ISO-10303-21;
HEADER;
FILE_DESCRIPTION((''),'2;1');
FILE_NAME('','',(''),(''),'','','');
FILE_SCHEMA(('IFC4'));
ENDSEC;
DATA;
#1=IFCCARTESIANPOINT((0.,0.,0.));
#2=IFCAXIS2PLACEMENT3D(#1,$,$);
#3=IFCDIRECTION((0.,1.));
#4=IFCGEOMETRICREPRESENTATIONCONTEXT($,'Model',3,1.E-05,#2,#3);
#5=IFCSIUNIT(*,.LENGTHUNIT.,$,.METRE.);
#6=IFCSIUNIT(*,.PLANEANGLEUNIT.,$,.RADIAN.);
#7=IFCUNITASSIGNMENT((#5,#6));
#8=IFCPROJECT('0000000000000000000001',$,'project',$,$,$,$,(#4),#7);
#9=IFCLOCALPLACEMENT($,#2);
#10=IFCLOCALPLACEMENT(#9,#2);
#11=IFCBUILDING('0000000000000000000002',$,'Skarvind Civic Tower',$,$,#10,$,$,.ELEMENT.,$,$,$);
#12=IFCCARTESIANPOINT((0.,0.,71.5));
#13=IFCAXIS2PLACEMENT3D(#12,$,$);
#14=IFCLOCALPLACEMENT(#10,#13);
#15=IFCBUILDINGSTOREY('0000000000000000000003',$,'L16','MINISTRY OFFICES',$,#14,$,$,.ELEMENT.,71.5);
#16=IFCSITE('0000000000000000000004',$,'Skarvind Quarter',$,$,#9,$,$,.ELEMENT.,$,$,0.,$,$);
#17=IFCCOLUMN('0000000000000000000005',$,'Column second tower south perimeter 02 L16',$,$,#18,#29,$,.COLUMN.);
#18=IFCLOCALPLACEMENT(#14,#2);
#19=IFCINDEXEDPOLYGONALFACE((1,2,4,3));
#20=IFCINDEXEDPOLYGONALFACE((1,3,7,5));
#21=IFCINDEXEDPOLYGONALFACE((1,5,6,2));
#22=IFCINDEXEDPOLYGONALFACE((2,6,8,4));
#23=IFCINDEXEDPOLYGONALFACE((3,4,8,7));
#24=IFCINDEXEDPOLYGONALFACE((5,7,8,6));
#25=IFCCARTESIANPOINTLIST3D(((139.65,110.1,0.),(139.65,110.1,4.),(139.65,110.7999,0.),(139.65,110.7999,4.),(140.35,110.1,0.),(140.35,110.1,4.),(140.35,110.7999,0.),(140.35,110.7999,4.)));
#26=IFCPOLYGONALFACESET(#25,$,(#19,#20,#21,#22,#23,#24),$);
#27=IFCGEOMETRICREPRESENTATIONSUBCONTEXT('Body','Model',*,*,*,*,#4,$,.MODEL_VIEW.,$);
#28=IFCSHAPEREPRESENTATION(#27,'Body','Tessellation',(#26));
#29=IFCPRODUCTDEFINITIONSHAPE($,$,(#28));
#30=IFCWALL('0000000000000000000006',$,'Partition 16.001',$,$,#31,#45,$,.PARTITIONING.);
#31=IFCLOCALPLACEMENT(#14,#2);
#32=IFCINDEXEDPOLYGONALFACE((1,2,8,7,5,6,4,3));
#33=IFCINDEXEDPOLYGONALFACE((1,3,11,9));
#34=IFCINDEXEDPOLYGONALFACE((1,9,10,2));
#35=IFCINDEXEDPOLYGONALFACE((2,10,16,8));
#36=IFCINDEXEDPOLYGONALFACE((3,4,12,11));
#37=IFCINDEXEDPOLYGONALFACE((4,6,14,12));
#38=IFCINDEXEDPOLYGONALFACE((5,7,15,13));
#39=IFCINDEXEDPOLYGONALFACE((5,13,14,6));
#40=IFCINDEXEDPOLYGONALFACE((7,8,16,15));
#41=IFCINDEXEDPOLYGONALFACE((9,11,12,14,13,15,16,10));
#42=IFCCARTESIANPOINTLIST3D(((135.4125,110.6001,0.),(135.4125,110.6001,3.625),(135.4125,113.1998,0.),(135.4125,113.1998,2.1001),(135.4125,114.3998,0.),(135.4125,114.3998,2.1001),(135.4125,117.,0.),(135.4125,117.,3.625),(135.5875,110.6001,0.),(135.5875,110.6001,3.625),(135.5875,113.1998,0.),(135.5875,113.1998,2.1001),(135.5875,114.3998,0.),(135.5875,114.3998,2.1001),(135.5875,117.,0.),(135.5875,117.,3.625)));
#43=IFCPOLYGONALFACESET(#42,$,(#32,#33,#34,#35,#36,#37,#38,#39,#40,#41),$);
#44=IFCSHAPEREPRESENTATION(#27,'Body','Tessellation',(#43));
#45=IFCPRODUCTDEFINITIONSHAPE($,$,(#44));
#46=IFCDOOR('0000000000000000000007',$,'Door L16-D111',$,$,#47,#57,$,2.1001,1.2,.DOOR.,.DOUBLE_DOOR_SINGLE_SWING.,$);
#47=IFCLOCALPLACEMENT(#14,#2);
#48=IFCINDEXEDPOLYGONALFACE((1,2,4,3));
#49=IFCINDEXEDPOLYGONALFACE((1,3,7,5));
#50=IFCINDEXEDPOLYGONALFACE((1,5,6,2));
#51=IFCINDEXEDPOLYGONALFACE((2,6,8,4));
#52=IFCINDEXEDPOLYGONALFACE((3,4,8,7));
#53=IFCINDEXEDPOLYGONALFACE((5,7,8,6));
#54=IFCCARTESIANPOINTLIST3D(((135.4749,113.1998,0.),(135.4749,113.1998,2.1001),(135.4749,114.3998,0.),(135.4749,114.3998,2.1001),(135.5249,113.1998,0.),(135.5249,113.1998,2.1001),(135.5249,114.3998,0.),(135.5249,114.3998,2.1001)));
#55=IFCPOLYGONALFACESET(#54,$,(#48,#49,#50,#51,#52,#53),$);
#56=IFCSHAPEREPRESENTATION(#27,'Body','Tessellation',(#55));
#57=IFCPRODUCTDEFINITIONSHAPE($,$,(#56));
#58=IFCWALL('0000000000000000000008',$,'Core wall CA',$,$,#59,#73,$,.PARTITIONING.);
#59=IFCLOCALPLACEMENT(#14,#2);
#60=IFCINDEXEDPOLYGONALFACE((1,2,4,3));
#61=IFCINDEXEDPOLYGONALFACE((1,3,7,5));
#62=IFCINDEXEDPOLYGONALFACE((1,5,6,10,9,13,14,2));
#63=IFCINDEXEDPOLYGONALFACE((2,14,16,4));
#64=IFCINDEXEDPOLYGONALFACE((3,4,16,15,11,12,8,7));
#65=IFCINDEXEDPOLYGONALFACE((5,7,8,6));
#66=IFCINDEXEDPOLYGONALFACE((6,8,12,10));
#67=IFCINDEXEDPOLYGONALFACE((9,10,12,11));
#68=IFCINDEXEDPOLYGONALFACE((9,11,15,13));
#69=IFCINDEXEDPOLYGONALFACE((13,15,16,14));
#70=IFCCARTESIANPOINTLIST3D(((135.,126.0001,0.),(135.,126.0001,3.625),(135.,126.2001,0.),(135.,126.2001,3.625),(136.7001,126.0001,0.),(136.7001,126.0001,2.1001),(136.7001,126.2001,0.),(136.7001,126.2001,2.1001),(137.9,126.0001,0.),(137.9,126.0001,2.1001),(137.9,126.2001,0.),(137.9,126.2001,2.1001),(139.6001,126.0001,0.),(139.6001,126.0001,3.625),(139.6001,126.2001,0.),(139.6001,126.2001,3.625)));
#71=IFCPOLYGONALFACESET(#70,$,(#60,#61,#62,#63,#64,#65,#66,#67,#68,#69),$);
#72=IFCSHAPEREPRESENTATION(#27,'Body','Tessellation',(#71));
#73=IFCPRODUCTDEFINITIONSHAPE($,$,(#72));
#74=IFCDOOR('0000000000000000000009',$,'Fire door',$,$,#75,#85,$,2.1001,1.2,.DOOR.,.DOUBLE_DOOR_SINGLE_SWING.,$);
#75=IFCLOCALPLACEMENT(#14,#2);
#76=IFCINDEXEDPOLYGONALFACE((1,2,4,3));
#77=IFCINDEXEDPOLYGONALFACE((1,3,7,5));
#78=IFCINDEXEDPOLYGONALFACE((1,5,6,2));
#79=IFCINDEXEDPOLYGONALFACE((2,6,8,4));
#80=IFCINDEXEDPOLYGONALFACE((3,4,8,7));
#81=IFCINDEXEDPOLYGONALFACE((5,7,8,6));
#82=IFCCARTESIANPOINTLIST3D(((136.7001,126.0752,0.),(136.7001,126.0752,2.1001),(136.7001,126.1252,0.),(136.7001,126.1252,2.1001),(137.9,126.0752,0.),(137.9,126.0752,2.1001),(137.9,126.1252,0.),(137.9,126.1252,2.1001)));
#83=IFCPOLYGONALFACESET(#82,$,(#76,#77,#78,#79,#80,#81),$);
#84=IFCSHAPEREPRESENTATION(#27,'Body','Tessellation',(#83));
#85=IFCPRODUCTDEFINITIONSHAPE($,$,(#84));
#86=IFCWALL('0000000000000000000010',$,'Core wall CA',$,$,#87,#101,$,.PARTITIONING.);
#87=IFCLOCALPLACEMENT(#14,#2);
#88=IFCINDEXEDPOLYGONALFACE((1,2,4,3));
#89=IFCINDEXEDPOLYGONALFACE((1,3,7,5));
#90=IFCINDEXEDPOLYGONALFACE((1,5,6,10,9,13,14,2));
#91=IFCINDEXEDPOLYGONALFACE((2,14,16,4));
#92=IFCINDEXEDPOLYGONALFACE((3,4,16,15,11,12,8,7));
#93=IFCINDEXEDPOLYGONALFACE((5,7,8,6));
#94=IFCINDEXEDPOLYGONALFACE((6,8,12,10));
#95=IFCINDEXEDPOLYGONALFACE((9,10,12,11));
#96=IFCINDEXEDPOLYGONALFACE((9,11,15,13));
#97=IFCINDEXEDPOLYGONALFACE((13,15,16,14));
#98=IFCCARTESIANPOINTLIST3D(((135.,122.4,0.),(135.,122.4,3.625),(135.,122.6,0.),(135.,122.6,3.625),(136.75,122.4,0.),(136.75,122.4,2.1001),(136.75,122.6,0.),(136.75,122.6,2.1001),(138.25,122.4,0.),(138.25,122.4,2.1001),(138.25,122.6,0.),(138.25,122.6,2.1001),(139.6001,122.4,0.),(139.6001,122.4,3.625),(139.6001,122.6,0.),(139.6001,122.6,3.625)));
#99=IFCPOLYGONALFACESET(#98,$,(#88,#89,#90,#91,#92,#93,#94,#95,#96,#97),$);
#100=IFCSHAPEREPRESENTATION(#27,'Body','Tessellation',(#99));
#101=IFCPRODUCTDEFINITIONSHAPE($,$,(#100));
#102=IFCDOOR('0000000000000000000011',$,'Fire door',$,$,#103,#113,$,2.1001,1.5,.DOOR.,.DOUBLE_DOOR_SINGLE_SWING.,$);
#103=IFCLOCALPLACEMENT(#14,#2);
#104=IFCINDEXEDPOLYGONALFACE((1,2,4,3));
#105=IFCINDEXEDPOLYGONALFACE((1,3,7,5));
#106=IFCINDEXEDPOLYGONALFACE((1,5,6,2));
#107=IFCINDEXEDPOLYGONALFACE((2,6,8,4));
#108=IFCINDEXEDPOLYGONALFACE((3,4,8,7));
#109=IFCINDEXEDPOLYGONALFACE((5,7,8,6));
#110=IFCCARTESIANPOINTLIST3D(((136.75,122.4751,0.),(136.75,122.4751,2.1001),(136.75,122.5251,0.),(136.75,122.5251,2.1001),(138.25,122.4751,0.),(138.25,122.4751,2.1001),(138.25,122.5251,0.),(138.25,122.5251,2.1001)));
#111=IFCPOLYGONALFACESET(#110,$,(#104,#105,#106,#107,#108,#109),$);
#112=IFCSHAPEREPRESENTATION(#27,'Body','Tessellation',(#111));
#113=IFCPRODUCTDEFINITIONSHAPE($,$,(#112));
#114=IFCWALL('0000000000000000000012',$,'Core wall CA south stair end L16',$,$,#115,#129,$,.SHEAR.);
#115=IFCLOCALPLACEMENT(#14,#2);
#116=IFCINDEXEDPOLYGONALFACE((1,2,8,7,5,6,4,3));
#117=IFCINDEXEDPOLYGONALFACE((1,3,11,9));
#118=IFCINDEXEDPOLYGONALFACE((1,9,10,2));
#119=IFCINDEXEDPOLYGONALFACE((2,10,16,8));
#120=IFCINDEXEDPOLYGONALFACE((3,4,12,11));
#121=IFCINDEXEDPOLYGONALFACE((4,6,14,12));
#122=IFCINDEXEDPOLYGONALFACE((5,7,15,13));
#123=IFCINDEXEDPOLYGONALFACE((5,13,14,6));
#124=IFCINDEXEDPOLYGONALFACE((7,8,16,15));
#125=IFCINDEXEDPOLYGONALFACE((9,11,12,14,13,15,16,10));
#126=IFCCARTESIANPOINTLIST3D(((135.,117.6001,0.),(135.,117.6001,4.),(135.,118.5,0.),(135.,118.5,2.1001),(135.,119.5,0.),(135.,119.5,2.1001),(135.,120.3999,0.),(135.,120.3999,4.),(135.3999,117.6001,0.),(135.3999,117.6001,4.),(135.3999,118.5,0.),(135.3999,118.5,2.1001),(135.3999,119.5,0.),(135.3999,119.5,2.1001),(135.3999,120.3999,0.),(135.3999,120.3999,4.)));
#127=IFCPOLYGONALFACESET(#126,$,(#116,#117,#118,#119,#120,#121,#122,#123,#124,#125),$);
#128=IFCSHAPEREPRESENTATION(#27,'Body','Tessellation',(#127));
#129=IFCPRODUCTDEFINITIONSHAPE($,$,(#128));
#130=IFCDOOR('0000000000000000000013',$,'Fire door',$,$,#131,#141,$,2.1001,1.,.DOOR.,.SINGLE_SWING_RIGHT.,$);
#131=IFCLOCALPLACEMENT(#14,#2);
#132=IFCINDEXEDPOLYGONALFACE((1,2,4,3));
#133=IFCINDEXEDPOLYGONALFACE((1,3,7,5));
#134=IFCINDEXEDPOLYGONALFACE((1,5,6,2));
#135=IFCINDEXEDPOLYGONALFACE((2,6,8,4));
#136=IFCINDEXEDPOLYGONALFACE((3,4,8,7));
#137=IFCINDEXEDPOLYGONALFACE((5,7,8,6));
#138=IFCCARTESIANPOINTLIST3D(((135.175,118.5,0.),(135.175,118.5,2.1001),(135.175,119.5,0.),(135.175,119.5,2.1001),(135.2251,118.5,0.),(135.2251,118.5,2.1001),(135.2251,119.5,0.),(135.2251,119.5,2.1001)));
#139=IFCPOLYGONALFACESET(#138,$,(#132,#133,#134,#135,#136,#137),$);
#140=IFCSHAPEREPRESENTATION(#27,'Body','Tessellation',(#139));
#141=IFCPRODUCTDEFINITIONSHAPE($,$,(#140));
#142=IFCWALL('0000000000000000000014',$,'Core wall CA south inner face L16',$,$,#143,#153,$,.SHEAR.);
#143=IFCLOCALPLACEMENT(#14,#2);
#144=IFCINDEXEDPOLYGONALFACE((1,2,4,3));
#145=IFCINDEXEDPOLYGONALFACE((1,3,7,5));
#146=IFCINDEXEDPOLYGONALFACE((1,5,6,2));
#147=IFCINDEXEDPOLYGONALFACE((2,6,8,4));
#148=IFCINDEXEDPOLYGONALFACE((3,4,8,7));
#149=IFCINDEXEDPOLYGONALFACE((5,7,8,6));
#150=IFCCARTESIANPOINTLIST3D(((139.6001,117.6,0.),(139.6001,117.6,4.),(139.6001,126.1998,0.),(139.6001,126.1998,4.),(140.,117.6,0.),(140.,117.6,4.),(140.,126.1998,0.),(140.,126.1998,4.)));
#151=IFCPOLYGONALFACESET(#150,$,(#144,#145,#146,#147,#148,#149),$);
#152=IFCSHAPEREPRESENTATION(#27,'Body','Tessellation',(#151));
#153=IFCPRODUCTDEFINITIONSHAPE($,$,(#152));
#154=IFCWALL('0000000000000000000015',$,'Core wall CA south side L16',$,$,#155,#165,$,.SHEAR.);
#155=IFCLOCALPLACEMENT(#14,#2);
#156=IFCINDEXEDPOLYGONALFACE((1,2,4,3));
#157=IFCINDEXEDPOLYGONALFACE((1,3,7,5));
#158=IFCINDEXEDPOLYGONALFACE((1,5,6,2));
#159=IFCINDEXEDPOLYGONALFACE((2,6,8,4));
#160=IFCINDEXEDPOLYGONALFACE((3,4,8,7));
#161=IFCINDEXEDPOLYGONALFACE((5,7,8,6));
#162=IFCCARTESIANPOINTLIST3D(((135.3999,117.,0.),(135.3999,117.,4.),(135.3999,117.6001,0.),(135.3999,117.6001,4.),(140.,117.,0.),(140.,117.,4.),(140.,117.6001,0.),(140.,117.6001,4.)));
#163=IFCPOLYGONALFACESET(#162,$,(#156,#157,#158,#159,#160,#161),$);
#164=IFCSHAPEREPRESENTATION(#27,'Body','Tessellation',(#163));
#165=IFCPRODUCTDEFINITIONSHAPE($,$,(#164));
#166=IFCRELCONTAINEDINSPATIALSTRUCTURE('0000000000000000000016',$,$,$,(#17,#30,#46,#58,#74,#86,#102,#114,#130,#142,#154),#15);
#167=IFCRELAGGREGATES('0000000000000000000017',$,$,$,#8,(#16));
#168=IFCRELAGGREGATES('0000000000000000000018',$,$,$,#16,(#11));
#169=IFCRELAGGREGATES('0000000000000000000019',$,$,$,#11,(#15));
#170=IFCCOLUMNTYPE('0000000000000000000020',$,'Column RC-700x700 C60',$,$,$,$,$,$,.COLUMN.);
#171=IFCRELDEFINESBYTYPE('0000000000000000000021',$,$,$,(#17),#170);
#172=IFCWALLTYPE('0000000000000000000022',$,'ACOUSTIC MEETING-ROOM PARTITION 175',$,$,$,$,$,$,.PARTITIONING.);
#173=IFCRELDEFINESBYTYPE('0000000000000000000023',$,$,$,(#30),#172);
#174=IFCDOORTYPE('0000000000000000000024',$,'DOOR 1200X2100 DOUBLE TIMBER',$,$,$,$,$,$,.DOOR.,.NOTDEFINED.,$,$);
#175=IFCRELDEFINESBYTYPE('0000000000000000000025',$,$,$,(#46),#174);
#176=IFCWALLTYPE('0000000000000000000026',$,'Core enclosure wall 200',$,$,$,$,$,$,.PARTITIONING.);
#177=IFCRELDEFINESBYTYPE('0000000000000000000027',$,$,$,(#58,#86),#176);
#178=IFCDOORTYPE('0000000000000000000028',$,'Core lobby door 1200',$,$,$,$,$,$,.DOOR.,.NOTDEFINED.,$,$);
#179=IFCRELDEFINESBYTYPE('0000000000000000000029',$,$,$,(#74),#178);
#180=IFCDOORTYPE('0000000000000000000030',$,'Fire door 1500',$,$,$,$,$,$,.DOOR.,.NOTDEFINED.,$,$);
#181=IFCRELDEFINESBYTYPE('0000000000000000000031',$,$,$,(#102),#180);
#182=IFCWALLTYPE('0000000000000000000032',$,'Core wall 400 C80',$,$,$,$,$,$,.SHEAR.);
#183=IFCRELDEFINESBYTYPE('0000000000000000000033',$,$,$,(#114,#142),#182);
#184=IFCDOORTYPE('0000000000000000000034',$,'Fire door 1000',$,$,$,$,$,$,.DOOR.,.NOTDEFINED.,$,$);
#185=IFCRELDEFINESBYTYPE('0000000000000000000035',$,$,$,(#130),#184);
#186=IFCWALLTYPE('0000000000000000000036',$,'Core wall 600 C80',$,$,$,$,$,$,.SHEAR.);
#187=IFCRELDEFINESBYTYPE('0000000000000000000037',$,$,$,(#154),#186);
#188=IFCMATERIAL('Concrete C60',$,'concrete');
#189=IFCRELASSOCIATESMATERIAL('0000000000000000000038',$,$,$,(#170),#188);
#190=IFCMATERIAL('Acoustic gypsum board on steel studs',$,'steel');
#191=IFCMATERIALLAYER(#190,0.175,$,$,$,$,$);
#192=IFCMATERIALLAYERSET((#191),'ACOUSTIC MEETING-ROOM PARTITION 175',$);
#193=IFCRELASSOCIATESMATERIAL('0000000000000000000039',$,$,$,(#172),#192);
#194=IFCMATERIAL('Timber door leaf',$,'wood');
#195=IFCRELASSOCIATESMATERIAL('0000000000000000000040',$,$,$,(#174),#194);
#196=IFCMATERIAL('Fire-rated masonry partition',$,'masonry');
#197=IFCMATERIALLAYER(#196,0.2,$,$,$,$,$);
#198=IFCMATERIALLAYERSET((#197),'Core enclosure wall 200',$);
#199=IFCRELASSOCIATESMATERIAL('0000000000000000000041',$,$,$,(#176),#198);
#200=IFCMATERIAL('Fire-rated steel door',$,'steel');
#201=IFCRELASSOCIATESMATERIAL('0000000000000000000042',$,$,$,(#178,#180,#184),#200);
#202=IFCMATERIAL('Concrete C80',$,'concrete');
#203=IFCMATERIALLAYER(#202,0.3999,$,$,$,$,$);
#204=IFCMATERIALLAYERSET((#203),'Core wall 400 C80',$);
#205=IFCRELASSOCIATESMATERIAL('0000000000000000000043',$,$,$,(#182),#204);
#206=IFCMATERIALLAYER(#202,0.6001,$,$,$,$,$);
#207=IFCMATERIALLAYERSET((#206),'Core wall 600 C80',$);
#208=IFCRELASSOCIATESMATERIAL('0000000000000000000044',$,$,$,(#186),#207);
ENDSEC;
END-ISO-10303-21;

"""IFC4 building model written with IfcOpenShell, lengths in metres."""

from ifc_helpers import new_model, si_unit, direction, frame, frame_2d, origin, origin_2d, place, context, subcontext, project, spatial, rectangle, extrude, material, layer, layer_set, material_profile, profile_set, type_object, element, fill, save


model = new_model("IFC4")

# Units and contexts
model_context = context("Model", 3, precision=1e-05, world=origin(), true_north=direction((0.0, 1.0)))
body_context = subcontext(model_context, "Body", "Model", "MODEL_VIEW")
ifc_project = project(units=[si_unit("LENGTHUNIT", "METRE"), si_unit("PLANEANGLEUNIT", "RADIAN")], contexts=[model_context])

# Site, building, storey
site_placement = place(None, origin())
site = spatial("IfcSite", under=ifc_project, at=site_placement, Name="Skarvind Quarter", CompositionType="ELEMENT", RefElevation=0.0)
building_placement = place(site_placement, origin())
building = spatial("IfcBuilding", under=site, at=building_placement, Name="Skarvind Civic Tower", CompositionType="ELEMENT")
storey_placement = place(building_placement, frame((0.0, 0.0, 71.5)))
storey = spatial("IfcBuildingStorey", under=building, at=storey_placement, Name="L16", Description="MINISTRY OFFICES", CompositionType="ELEMENT", Elevation=71.5)

# Column
ifc_material_1 = material(Name="Concrete C60", Category="concrete")
ifc_material_profile = material_profile(ifc_material_1, rectangle(XDim=0.7, YDim=0.7, at=origin_2d()), Name="RC-700x700")
ifc_profile_set = profile_set([ifc_material_profile], Name="Concrete C60")
column_type = type_object("IfcColumnType", Name="Column RC-700x700 C60", PredefinedType="COLUMN", material=ifc_profile_set)
column_placement = place(storey_placement, frame((140.0, 110.45, 0.0), z_axis=(0.0, 0.0, 1.0), x_axis=(1.0, 0.0, 0.0)))
element("IfcColumn", 1, at=column_placement, inside=storey, type_object=column_type, Name="Column second tower south perimeter 02 L16", PredefinedType="COLUMN", context=body_context, shape_type="SweptSolid", body=[
    extrude(rectangle(XDim=0.7, YDim=0.7, at=origin_2d()), origin(), (0.0, 0.0, 1.0), 4.0),
])

# Walls, openings, doors
ifc_material_2 = material(Name="Acoustic gypsum board on steel studs", Category="steel")
ifc_layer_1 = layer(ifc_material_2, 0.175)
ifc_layer_set_1 = layer_set([ifc_layer_1], Name="ACOUSTIC MEETING-ROOM PARTITION 175")
wall_type_1 = type_object("IfcWallType", Name="ACOUSTIC MEETING-ROOM PARTITION 175", PredefinedType="PARTITIONING", material=ifc_layer_set_1)
wall_1_placement = place(storey_placement, frame((135.5, 117.0, 0.0), z_axis=(0.0, 0.0, 1.0), x_axis=(0.0, -1.0, 0.0)))
wall_1 = element("IfcWall", 2, at=wall_1_placement, inside=storey, type_object=wall_type_1, Name="Partition 16.001", PredefinedType="PARTITIONING", context=body_context, shape_type="SweptSolid", body=[
    extrude(rectangle(XDim=6.3999, YDim=0.175, at=frame_2d((3.2, 0.0))), origin(), (0.0, 0.0, 1.0), 3.625),
])
opening_1_placement = place(wall_1_placement, frame((2.6001, 0.0, 0.0)))
opening_1 = element("IfcOpeningElement", 3, at=opening_1_placement, cuts=wall_1, PredefinedType="OPENING", context=body_context, shape_type="SweptSolid", body=[
    extrude(rectangle(XDim=1.2, YDim=2.1001, at=frame_2d((0.6001, 1.05))), frame((0.0, 0.0974, 0.0), z_axis=(0.0, -1.0, 0.0), x_axis=(1.0, 0.0, 0.0)), (0.0, 0.0, 1.0), 0.1951),
])
ifc_material_3 = material(Name="Timber door leaf", Category="wood")
door_type_1 = type_object("IfcDoorType", Name="DOOR 1200X2100 DOUBLE TIMBER", OperationType="NOTDEFINED", PredefinedType="DOOR", material=ifc_material_3)
door_1_placement = place(opening_1_placement, origin())
door_1 = element("IfcDoor", 4, at=door_1_placement, inside=storey, type_object=door_type_1, Name="Door L16-D111", OperationType="DOUBLE_DOOR_SINGLE_SWING", OverallHeight=2.1001, OverallWidth=1.2, PredefinedType="DOOR", context=body_context, shape_type="SweptSolid", body=[
    extrude(rectangle(XDim=1.2, YDim=2.1001, at=frame_2d((0.6001, 1.05))), frame((0.0, 0.0249, 0.0), z_axis=(0.0, -1.0, 0.0), x_axis=(1.0, 0.0, 0.0)), (0.0, 0.0, 1.0), 0.05),
])
fill(opening_1, door_1)
ifc_material_4 = material(Name="Fire-rated masonry partition", Category="masonry")
ifc_layer_2 = layer(ifc_material_4, 0.2)
ifc_layer_set_2 = layer_set([ifc_layer_2], Name="Core enclosure wall 200")
wall_type_2 = type_object("IfcWallType", Name="Core enclosure wall 200", PredefinedType="PARTITIONING", material=ifc_layer_set_2)
wall_2_placement = place(storey_placement, frame((139.6001, 126.1001, 0.0), z_axis=(0.0, 0.0, 1.0), x_axis=(-1.0, 0.0, 0.0)))
wall_2 = element("IfcWall", 5, at=wall_2_placement, inside=storey, type_object=wall_type_2, Name="Core wall CA", PredefinedType="PARTITIONING", context=body_context, shape_type="SweptSolid", body=[
    extrude(rectangle(XDim=4.6001, YDim=0.2, at=frame_2d((2.3, 0.0))), origin(), (0.0, 0.0, 1.0), 3.625),
])
opening_2_placement = place(wall_2_placement, frame((1.7, 0.0, 0.0)))
opening_2 = element("IfcOpeningElement", 6, at=opening_2_placement, cuts=wall_2, PredefinedType="OPENING", context=body_context, shape_type="SweptSolid", body=[
    extrude(rectangle(XDim=1.2, YDim=2.1001, at=frame_2d((0.6001, 1.05))), frame((0.0, 0.1099, 0.0), z_axis=(0.0, -1.0, 0.0), x_axis=(1.0, 0.0, 0.0)), (0.0, 0.0, 1.0), 0.22),
])
ifc_material_5 = material(Name="Fire-rated steel door", Category="steel")
door_type_2 = type_object("IfcDoorType", Name="Core lobby door 1200", OperationType="NOTDEFINED", PredefinedType="DOOR", material=ifc_material_5)
door_2_placement = place(opening_2_placement, origin())
door_2 = element("IfcDoor", 7, at=door_2_placement, inside=storey, type_object=door_type_2, Name="Fire door", OperationType="DOUBLE_DOOR_SINGLE_SWING", OverallHeight=2.1001, OverallWidth=1.2, PredefinedType="DOOR", context=body_context, shape_type="SweptSolid", body=[
    extrude(rectangle(XDim=1.2, YDim=2.1001, at=frame_2d((0.6001, 1.05))), frame((0.0, 0.0249, 0.0), z_axis=(0.0, -1.0, 0.0), x_axis=(1.0, 0.0, 0.0)), (0.0, 0.0, 1.0), 0.05),
])
fill(opening_2, door_2)
wall_3_placement = place(storey_placement, frame((139.6001, 122.5, 0.0), z_axis=(0.0, 0.0, 1.0), x_axis=(-1.0, 0.0, 0.0)))
wall_3 = element("IfcWall", 8, at=wall_3_placement, inside=storey, type_object=wall_type_2, Name="Core wall CA", PredefinedType="PARTITIONING", context=body_context, shape_type="SweptSolid", body=[
    extrude(rectangle(XDim=4.6001, YDim=0.2, at=frame_2d((2.3, 0.0))), origin(), (0.0, 0.0, 1.0), 3.625),
])
opening_3_placement = place(wall_3_placement, frame((1.3501, 0.0, 0.0)))
opening_3 = element("IfcOpeningElement", 9, at=opening_3_placement, cuts=wall_3, PredefinedType="OPENING", context=body_context, shape_type="SweptSolid", body=[
    extrude(rectangle(XDim=1.5, YDim=2.1001, at=frame_2d((0.75, 1.05))), frame((0.0, 0.1099, 0.0), z_axis=(0.0, -1.0, 0.0), x_axis=(1.0, 0.0, 0.0)), (0.0, 0.0, 1.0), 0.22),
])
door_type_3 = type_object("IfcDoorType", Name="Fire door 1500", OperationType="NOTDEFINED", PredefinedType="DOOR", material=ifc_material_5)
door_3_placement = place(opening_3_placement, origin())
door_3 = element("IfcDoor", 10, at=door_3_placement, inside=storey, type_object=door_type_3, Name="Fire door", OperationType="DOUBLE_DOOR_SINGLE_SWING", OverallHeight=2.1001, OverallWidth=1.5, PredefinedType="DOOR", context=body_context, shape_type="SweptSolid", body=[
    extrude(rectangle(XDim=1.5, YDim=2.1001, at=frame_2d((0.75, 1.05))), frame((0.0, 0.0249, 0.0), z_axis=(0.0, -1.0, 0.0), x_axis=(1.0, 0.0, 0.0)), (0.0, 0.0, 1.0), 0.05),
])
fill(opening_3, door_3)
ifc_material_6 = material(Name="Concrete C80", Category="concrete")
ifc_layer_3 = layer(ifc_material_6, 0.3999)
ifc_layer_set_3 = layer_set([ifc_layer_3], Name="Core wall 400 C80")
wall_type_3 = type_object("IfcWallType", Name="Core wall 400 C80", PredefinedType="SHEAR", material=ifc_layer_set_3)
wall_4_placement = place(storey_placement, frame((135.2, 117.6001, 0.0), z_axis=(0.0, 0.0, 1.0), x_axis=(0.0, 1.0, 0.0)))
wall_4 = element("IfcWall", 11, at=wall_4_placement, inside=storey, type_object=wall_type_3, Name="Core wall CA south stair end L16", PredefinedType="SHEAR", context=body_context, shape_type="SweptSolid", body=[
    extrude(rectangle(XDim=2.7998, YDim=0.3999, at=frame_2d((1.3999, 0.0))), origin(), (0.0, 0.0, 1.0), 4.0),
])
opening_4_placement = place(wall_4_placement, frame((0.8999, 0.0, 0.0)))
opening_4 = element("IfcOpeningElement", 12, at=opening_4_placement, cuts=wall_4, PredefinedType="OPENING", context=body_context, shape_type="SweptSolid", body=[
    extrude(rectangle(XDim=1.0, YDim=2.1001, at=frame_2d((0.5, 1.05))), frame((0.0, 0.21, 0.0), z_axis=(0.0, -1.0, 0.0), x_axis=(1.0, 0.0, 0.0)), (0.0, 0.0, 1.0), 0.4199),
])
door_type_4 = type_object("IfcDoorType", Name="Fire door 1000", OperationType="NOTDEFINED", PredefinedType="DOOR", material=ifc_material_5)
door_4_placement = place(opening_4_placement, origin())
door_4 = element("IfcDoor", 13, at=door_4_placement, inside=storey, type_object=door_type_4, Name="Fire door", OperationType="SINGLE_SWING_RIGHT", OverallHeight=2.1001, OverallWidth=1.0, PredefinedType="DOOR", context=body_context, shape_type="SweptSolid", body=[
    extrude(rectangle(XDim=1.0, YDim=2.1001, at=frame_2d((0.5, 1.05))), frame((0.0, 0.0249, 0.0), z_axis=(0.0, -1.0, 0.0), x_axis=(1.0, 0.0, 0.0)), (0.0, 0.0, 1.0), 0.05),
])
fill(opening_4, door_4)

# Walls
wall_5_placement = place(storey_placement, frame((139.8, 117.6001, 0.0), z_axis=(0.0, 0.0, 1.0), x_axis=(0.0, 1.0, 0.0)))
element("IfcWall", 14, at=wall_5_placement, inside=storey, type_object=wall_type_3, Name="Core wall CA south inner face L16", PredefinedType="SHEAR", context=body_context, shape_type="SweptSolid", body=[
    extrude(rectangle(XDim=8.5999, YDim=0.3999, at=frame_2d((4.2998, 0.0))), origin(), (0.0, 0.0, 1.0), 4.0),
])
ifc_layer_4 = layer(ifc_material_6, 0.6001)
ifc_layer_set_4 = layer_set([ifc_layer_4], Name="Core wall 600 C80")
wall_type_4 = type_object("IfcWallType", Name="Core wall 600 C80", PredefinedType="SHEAR", material=ifc_layer_set_4)
wall_6_placement = place(storey_placement, frame((135.3999, 117.3, 0.0), z_axis=(0.0, 0.0, 1.0), x_axis=(1.0, 0.0, 0.0)))
element("IfcWall", 15, at=wall_6_placement, inside=storey, type_object=wall_type_4, Name="Core wall CA south side L16", PredefinedType="SHEAR", context=body_context, shape_type="SweptSolid", body=[
    extrude(rectangle(XDim=4.6001, YDim=0.6001, at=frame_2d((2.3, 0.0))), origin(), (0.0, 0.0, 1.0), 4.0),
])

save(model, "model.ifc")
